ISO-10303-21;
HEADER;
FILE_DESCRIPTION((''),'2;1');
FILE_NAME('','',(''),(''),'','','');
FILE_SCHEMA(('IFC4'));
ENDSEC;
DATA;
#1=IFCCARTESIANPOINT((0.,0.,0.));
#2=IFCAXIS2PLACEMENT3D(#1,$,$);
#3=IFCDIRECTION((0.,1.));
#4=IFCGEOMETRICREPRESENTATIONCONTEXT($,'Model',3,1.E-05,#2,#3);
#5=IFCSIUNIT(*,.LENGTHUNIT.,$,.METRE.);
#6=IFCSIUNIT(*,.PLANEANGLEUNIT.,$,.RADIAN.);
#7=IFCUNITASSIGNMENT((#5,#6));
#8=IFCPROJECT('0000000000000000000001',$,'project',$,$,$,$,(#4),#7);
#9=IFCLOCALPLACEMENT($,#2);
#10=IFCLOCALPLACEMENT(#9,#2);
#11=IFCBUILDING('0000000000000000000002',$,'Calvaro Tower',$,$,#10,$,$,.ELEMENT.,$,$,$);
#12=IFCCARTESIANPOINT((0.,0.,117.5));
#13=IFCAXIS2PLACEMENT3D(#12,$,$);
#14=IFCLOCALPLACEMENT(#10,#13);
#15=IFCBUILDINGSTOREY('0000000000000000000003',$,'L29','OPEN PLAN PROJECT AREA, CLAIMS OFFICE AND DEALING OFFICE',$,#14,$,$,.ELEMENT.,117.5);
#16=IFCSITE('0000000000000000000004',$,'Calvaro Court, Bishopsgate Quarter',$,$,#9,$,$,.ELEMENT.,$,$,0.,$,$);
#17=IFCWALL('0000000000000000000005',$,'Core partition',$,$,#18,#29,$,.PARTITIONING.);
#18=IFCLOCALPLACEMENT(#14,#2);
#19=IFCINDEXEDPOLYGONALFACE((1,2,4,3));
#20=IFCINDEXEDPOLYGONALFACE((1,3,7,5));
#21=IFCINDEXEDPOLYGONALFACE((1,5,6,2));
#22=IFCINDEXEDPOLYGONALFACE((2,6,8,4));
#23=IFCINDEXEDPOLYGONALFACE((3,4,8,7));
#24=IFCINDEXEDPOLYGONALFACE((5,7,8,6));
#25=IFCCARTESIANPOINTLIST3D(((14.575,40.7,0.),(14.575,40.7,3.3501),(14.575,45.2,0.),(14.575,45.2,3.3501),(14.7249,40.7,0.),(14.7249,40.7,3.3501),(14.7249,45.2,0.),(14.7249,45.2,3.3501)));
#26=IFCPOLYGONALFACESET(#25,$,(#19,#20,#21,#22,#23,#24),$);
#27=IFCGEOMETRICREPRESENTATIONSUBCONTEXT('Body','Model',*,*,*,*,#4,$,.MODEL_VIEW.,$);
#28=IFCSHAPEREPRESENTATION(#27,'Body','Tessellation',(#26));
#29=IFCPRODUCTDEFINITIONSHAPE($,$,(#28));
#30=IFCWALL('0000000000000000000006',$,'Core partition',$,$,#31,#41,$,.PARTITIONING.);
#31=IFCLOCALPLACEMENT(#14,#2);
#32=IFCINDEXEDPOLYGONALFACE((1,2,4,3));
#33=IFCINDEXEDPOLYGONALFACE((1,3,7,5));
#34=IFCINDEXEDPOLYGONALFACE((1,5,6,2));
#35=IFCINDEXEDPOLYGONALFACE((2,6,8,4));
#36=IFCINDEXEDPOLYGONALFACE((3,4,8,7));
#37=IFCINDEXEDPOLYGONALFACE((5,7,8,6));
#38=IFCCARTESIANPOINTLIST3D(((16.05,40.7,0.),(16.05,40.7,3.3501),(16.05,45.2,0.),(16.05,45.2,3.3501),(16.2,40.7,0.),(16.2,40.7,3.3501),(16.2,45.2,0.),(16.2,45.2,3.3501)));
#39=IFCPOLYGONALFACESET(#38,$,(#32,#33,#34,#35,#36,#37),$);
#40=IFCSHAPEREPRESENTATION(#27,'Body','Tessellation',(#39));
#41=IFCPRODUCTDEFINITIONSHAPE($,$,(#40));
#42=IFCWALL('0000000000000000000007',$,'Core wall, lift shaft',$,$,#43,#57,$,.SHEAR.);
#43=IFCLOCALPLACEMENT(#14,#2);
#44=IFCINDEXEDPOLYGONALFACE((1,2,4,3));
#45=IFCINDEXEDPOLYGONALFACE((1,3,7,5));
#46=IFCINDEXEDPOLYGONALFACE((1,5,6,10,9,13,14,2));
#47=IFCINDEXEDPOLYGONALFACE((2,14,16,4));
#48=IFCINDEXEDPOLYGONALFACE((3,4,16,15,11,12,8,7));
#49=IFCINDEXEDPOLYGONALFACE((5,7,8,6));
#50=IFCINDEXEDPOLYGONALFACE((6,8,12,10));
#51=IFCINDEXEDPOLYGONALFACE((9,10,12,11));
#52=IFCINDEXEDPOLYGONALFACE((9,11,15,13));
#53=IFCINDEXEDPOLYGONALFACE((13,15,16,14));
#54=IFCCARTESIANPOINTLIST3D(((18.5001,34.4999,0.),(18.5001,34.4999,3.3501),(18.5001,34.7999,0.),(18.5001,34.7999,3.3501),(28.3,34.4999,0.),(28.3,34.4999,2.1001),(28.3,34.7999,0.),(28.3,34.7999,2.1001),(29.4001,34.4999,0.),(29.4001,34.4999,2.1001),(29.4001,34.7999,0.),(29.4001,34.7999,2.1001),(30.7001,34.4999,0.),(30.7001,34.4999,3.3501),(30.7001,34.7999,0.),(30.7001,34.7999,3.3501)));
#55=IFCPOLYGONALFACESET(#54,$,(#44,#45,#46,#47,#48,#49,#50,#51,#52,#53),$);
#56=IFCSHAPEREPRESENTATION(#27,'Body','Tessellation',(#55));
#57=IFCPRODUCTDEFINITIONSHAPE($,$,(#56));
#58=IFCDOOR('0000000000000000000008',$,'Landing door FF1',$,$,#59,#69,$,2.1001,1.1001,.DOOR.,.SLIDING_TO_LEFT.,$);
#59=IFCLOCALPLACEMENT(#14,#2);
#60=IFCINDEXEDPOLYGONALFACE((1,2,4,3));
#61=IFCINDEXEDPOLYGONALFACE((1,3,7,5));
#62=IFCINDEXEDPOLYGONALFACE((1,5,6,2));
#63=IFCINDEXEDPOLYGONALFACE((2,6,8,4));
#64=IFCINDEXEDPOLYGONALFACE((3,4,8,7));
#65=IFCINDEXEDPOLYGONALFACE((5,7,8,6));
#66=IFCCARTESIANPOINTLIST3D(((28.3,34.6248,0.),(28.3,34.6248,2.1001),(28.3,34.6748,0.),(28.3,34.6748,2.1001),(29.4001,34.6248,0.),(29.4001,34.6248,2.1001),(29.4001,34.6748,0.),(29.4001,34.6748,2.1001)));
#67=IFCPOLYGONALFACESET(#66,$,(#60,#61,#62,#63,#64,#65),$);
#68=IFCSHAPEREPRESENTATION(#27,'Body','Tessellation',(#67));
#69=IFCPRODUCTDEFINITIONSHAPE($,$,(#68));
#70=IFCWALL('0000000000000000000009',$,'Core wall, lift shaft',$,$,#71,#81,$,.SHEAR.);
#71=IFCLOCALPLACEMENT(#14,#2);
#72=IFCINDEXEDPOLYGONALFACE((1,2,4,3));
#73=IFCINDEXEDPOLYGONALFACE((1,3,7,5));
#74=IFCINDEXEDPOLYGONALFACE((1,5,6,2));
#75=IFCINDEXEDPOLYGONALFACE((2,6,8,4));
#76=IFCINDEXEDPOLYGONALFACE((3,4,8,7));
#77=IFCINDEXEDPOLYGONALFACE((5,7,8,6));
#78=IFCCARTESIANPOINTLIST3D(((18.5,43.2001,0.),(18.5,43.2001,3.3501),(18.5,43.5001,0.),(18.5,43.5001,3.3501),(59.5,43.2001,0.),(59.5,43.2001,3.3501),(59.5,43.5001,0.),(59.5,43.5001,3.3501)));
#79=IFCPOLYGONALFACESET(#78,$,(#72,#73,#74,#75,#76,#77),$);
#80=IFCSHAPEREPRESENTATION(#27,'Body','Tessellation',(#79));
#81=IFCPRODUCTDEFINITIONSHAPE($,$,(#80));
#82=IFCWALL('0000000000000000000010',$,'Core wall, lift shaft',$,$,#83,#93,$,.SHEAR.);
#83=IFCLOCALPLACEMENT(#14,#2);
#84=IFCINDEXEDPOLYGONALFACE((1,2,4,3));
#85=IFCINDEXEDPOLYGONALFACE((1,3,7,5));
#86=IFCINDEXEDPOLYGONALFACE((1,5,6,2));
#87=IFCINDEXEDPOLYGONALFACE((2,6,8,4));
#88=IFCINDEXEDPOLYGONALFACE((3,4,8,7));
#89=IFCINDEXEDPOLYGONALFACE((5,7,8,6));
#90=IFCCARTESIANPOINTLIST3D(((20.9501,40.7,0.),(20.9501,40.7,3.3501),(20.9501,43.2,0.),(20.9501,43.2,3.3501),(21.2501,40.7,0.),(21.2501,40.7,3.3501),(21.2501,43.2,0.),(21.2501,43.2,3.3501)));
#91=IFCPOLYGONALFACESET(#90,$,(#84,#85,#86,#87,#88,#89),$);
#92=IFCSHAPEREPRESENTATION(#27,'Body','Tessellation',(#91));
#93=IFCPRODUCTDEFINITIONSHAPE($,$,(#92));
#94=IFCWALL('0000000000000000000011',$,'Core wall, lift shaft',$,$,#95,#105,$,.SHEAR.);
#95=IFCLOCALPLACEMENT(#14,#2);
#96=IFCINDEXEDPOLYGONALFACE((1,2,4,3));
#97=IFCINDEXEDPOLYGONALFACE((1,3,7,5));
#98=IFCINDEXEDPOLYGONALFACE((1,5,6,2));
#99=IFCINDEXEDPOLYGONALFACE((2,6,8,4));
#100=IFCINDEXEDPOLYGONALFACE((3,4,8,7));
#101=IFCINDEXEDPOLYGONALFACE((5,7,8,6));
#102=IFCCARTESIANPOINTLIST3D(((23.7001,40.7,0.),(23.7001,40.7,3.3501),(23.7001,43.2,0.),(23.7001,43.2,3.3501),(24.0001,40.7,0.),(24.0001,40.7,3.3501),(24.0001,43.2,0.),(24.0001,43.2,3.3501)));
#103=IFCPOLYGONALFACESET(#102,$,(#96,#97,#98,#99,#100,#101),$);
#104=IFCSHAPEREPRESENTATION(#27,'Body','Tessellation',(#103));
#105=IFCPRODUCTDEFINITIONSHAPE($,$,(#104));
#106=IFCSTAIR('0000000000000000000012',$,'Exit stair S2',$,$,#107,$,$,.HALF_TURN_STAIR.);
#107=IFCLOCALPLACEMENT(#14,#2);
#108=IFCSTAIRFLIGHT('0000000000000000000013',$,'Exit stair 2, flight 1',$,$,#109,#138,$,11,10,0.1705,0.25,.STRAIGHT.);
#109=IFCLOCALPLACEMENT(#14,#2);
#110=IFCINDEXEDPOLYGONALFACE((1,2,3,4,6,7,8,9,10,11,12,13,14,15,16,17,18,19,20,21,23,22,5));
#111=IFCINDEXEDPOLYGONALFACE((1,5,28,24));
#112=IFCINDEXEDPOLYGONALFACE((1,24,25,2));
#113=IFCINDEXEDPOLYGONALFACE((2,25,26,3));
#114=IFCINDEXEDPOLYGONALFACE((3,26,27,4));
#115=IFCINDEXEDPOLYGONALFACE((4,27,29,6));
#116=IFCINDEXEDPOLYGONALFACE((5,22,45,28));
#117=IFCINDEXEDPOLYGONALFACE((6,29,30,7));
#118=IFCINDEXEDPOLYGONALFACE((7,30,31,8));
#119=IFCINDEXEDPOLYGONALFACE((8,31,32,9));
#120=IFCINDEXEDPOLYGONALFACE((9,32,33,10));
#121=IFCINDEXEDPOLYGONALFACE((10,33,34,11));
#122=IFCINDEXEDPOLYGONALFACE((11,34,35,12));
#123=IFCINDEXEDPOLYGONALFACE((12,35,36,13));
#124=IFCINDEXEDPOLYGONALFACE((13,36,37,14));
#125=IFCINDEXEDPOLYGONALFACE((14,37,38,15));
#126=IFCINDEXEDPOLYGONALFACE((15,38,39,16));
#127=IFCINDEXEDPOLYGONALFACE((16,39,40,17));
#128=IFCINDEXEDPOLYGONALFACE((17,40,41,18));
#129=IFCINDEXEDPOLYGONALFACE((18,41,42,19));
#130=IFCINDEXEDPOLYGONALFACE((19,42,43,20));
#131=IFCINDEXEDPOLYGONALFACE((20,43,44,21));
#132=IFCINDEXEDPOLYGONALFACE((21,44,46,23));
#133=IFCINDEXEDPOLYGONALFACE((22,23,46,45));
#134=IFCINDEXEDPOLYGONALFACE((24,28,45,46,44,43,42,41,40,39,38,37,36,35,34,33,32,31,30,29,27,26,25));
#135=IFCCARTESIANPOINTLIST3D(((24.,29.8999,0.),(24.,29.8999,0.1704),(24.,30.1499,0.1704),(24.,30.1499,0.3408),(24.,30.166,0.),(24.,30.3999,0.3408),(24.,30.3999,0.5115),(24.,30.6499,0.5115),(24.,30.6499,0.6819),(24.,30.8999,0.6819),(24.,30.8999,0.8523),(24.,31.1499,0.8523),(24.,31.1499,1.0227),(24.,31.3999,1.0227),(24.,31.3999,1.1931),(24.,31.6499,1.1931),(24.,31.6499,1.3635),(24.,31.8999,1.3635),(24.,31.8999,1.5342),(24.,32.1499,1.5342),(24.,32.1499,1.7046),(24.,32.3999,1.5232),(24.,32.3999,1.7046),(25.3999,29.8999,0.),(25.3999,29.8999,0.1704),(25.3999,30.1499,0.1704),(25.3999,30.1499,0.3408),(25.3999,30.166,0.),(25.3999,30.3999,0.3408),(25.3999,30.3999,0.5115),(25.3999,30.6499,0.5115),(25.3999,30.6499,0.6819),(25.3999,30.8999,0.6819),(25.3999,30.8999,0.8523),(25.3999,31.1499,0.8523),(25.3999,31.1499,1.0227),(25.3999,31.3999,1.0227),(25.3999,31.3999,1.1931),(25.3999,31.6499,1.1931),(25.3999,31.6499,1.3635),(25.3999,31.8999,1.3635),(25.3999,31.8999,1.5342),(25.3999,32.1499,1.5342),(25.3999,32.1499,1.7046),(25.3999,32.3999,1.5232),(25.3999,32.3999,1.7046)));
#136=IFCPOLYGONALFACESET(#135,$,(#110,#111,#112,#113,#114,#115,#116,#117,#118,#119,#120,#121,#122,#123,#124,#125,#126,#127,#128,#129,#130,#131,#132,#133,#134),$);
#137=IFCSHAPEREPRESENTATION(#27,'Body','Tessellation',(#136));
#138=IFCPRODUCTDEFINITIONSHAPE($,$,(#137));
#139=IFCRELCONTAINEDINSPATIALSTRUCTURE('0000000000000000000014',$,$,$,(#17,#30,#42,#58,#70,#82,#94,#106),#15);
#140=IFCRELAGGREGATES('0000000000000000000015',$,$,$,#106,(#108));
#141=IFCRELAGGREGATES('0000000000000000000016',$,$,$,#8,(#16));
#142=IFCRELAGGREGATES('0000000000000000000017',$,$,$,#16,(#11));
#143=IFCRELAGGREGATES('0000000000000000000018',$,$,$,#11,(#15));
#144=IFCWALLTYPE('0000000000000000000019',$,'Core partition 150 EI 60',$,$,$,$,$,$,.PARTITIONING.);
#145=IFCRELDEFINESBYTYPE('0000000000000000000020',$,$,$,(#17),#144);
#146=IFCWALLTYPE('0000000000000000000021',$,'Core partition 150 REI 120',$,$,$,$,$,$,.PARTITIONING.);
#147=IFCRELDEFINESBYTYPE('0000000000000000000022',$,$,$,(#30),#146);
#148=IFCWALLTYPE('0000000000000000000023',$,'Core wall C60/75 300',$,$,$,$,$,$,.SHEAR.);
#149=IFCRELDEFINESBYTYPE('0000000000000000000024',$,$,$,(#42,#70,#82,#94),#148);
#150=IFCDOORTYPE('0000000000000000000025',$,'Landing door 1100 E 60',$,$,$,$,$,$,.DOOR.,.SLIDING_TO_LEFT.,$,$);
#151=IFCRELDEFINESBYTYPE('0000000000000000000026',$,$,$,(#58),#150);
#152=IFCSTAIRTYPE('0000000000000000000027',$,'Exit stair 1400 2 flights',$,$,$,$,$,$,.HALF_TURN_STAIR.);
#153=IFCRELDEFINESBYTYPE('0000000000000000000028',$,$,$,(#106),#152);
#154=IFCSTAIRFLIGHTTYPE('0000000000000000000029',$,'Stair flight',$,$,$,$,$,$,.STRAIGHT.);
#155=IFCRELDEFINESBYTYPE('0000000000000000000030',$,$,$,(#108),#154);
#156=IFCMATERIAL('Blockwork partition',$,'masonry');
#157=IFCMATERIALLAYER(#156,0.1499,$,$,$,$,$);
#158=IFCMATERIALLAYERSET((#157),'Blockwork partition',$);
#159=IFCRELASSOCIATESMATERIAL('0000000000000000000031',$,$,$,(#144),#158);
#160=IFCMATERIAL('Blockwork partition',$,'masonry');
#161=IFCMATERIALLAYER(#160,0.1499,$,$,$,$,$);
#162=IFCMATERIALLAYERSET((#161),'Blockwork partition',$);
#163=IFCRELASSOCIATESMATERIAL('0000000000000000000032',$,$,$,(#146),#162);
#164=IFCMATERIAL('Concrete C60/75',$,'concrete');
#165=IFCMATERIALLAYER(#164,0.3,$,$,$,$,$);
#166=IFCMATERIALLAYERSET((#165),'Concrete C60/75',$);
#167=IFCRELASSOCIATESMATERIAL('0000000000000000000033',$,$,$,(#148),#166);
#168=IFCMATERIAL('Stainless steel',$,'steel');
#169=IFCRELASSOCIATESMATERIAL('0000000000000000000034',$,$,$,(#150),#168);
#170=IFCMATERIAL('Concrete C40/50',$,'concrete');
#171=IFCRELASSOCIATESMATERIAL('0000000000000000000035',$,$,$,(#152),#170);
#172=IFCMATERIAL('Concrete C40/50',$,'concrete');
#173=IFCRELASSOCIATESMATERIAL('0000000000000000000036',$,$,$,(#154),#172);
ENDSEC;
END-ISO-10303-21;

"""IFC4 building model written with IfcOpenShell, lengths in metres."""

from ifc_helpers import new_model, si_unit, direction, frame, frame_2d, origin, place, context, subcontext, project, spatial, polyline, rectangle, outline, extrude, material, layer, layer_set, type_object, element, fill, aggregate, save


model = new_model("IFC4")

# Units and contexts
model_context = context("Model", 3, precision=1e-05, world=origin(), true_north=direction((0.0, 1.0)))
body_context = subcontext(model_context, "Body", "Model", "MODEL_VIEW")
ifc_project = project(units=[si_unit("LENGTHUNIT", "METRE"), si_unit("PLANEANGLEUNIT", "RADIAN")], contexts=[model_context])

# Site, building, storey
site_placement = place(None, origin())
site = spatial("IfcSite", under=ifc_project, at=site_placement, Name="Calvaro Court, Bishopsgate Quarter", CompositionType="ELEMENT", RefElevation=0.0)
building_placement = place(site_placement, origin())
building = spatial("IfcBuilding", under=site, at=building_placement, Name="Calvaro Tower", CompositionType="ELEMENT")
storey_placement = place(building_placement, frame((0.0, 0.0, 117.5)))
storey = spatial("IfcBuildingStorey", under=building, at=storey_placement, Name="L29", Description="OPEN PLAN PROJECT AREA, CLAIMS OFFICE AND DEALING OFFICE", CompositionType="ELEMENT", Elevation=117.5)

# Walls
ifc_material_1 = material(Name="Blockwork partition", Category="masonry")
ifc_layer_1 = layer(ifc_material_1, 0.1499)
ifc_layer_set_1 = layer_set([ifc_layer_1], Name="Blockwork partition")
wall_type_1 = type_object("IfcWallType", Name="Core partition 150 EI 60", PredefinedType="PARTITIONING", material=ifc_layer_set_1)
wall_1_placement = place(storey_placement, frame((14.6499, 40.7, 0.0), z_axis=(0.0, 0.0, 1.0), x_axis=(0.0, 1.0, 0.0)))
element("IfcWall", 1, at=wall_1_placement, inside=storey, type_object=wall_type_1, Name="Core partition", PredefinedType="PARTITIONING", context=body_context, shape_type="SweptSolid", body=[
    extrude(rectangle(XDim=4.5, YDim=0.1499, at=frame_2d((2.25, 0.0))), origin(), (0.0, 0.0, 1.0), 3.3501),
])
ifc_material_2 = material(Name="Blockwork partition", Category="masonry")
ifc_layer_2 = layer(ifc_material_2, 0.1499)
ifc_layer_set_2 = layer_set([ifc_layer_2], Name="Blockwork partition")
wall_type_2 = type_object("IfcWallType", Name="Core partition 150 REI 120", PredefinedType="PARTITIONING", material=ifc_layer_set_2)
wall_2_placement = place(storey_placement, frame((16.125, 40.7, 0.0), z_axis=(0.0, 0.0, 1.0), x_axis=(0.0, 1.0, 0.0)))
element("IfcWall", 2, at=wall_2_placement, inside=storey, type_object=wall_type_2, Name="Core partition", PredefinedType="PARTITIONING", context=body_context, shape_type="SweptSolid", body=[
    extrude(rectangle(XDim=4.5, YDim=0.1499, at=frame_2d((2.25, 0.0))), origin(), (0.0, 0.0, 1.0), 3.3501),
])

# Wall, opening, door
ifc_material_3 = material(Name="Concrete C60/75", Category="concrete")
ifc_layer_3 = layer(ifc_material_3, 0.3)
ifc_layer_set_3 = layer_set([ifc_layer_3], Name="Concrete C60/75")
wall_type_3 = type_object("IfcWallType", Name="Core wall C60/75 300", PredefinedType="SHEAR", material=ifc_layer_set_3)
wall_3_placement = place(storey_placement, frame((18.5, 34.6499, 0.0), z_axis=(0.0, 0.0, 1.0), x_axis=(1.0, 0.0, 0.0)))
wall_3 = element("IfcWall", 3, at=wall_3_placement, inside=storey, type_object=wall_type_3, Name="Core wall, lift shaft", PredefinedType="SHEAR", context=body_context, shape_type="SweptSolid", body=[
    extrude(rectangle(XDim=12.2, YDim=0.3, at=frame_2d((6.1001, 0.0))), origin(), (0.0, 0.0, 1.0), 3.3501),
])
opening_1_placement = place(wall_3_placement, frame((9.8, 0.0, 0.0)))
opening_1 = element("IfcOpeningElement", 4, at=opening_1_placement, cuts=wall_3, PredefinedType="OPENING", context=body_context, shape_type="SweptSolid", body=[
    extrude(rectangle(XDim=1.1001, YDim=2.1001, at=frame_2d((0.55, 1.05))), frame((0.0, 0.1599, 0.0), z_axis=(0.0, -1.0, 0.0), x_axis=(1.0, 0.0, 0.0)), (0.0, 0.0, 1.0), 0.3201),
])
ifc_material_4 = material(Name="Stainless steel", Category="steel")
door_type_1 = type_object("IfcDoorType", Name="Landing door 1100 E 60", OperationType="SLIDING_TO_LEFT", PredefinedType="DOOR", material=ifc_material_4)
door_1_placement = place(opening_1_placement, origin())
door_1 = element("IfcDoor", 5, at=door_1_placement, inside=storey, type_object=door_type_1, Name="Landing door FF1", OperationType="SLIDING_TO_LEFT", OverallHeight=2.1001, OverallWidth=1.1001, PredefinedType="DOOR", context=body_context, shape_type="SweptSolid", body=[
    extrude(rectangle(XDim=1.1001, YDim=2.1001, at=frame_2d((0.55, 1.05))), frame((0.0, 0.0249, 0.0), z_axis=(0.0, -1.0, 0.0), x_axis=(1.0, 0.0, 0.0)), (0.0, 0.0, 1.0), 0.05),
])
fill(opening_1, door_1)

# Walls
wall_4_placement = place(storey_placement, frame((18.5, 43.3501, 0.0), z_axis=(0.0, 0.0, 1.0), x_axis=(1.0, 0.0, 0.0)))
element("IfcWall", 6, at=wall_4_placement, inside=storey, type_object=wall_type_3, Name="Core wall, lift shaft", PredefinedType="SHEAR", context=body_context, shape_type="SweptSolid", body=[
    extrude(rectangle(XDim=41.0, YDim=0.3, at=frame_2d((20.5, 0.0))), origin(), (0.0, 0.0, 1.0), 3.3501),
])
for number, where, z_axis, x_axis, name in (
    (7, (21.1001, 40.7, 0.0), (0.0, 0.0, 1.0), (0.0, 1.0, 0.0), "Core wall, lift shaft"),
    (8, (23.8501, 40.7, 0.0), (0.0, 0.0, 1.0), (0.0, 1.0, 0.0), "Core wall, lift shaft"),
):
    element("IfcWall", number, at=place(storey_placement, frame(where, z_axis=z_axis, x_axis=x_axis)), inside=storey, type_object=wall_type_3, Name=name, PredefinedType="SHEAR", context=body_context, shape_type="SweptSolid", body=[
        extrude(rectangle(XDim=2.5, YDim=0.3, at=frame_2d((1.25, 0.0))), origin(), (0.0, 0.0, 1.0), 3.3501),
    ])

# Stair, stair flight
ifc_material_5 = material(Name="Concrete C40/50", Category="concrete")
stair_type = type_object("IfcStairType", Name="Exit stair 1400 2 flights", PredefinedType="HALF_TURN_STAIR", material=ifc_material_5)
stair_placement = place(storey_placement, origin())
stair = element("IfcStair", 9, at=stair_placement, inside=storey, type_object=stair_type, Name="Exit stair S2", PredefinedType="HALF_TURN_STAIR")
ifc_material_6 = material(Name="Concrete C40/50", Category="concrete")
stair_flight_type = type_object("IfcStairFlightType", Name="Stair flight", PredefinedType="STRAIGHT", material=ifc_material_6)
stair_flight_placement = place(storey_placement, frame((24.7, 29.8999, 0.0), z_axis=(0.0, 0.0, 1.0), x_axis=(0.0, 1.0, 0.0)))
stair_flight = element("IfcStairFlight", 10, at=stair_flight_placement, type_object=stair_flight_type, Name="Exit stair 2, flight 1", NumberOfRisers=11, NumberOfTreads=10, PredefinedType="STRAIGHT", RiserHeight=0.1705, TreadLength=0.25, context=body_context, shape_type="SweptSolid", body=[
    extrude(outline(polyline([(0.0, 0.0), (0.0, 0.1704), (0.25, 0.1704), (0.25, 0.3408), (0.5, 0.3408), (0.5, 0.5115), (0.75, 0.5115), (0.75, 0.6819), (1.0, 0.6819), (1.0, 0.8523), (1.25, 0.8523), (1.25, 1.0227), (1.5, 1.0227), (1.5, 1.1931), (1.75, 1.1931), (1.75, 1.3635), (2.0, 1.3635), (2.0, 1.5342), (2.25, 1.5342), (2.25, 1.7046), (2.5, 1.7046), (2.5, 1.875), (2.5, 1.5232), (0.2661, 0.0), (0.0, 0.0)])), frame((0.0, 0.7, 0.0), z_axis=(0.0, -1.0, 0.0), x_axis=(1.0, 0.0, 0.0)), (0.0, 0.0, 1.0), 1.3999),
])
aggregate(stair, [stair_flight])

save(model, "model.ifc")
